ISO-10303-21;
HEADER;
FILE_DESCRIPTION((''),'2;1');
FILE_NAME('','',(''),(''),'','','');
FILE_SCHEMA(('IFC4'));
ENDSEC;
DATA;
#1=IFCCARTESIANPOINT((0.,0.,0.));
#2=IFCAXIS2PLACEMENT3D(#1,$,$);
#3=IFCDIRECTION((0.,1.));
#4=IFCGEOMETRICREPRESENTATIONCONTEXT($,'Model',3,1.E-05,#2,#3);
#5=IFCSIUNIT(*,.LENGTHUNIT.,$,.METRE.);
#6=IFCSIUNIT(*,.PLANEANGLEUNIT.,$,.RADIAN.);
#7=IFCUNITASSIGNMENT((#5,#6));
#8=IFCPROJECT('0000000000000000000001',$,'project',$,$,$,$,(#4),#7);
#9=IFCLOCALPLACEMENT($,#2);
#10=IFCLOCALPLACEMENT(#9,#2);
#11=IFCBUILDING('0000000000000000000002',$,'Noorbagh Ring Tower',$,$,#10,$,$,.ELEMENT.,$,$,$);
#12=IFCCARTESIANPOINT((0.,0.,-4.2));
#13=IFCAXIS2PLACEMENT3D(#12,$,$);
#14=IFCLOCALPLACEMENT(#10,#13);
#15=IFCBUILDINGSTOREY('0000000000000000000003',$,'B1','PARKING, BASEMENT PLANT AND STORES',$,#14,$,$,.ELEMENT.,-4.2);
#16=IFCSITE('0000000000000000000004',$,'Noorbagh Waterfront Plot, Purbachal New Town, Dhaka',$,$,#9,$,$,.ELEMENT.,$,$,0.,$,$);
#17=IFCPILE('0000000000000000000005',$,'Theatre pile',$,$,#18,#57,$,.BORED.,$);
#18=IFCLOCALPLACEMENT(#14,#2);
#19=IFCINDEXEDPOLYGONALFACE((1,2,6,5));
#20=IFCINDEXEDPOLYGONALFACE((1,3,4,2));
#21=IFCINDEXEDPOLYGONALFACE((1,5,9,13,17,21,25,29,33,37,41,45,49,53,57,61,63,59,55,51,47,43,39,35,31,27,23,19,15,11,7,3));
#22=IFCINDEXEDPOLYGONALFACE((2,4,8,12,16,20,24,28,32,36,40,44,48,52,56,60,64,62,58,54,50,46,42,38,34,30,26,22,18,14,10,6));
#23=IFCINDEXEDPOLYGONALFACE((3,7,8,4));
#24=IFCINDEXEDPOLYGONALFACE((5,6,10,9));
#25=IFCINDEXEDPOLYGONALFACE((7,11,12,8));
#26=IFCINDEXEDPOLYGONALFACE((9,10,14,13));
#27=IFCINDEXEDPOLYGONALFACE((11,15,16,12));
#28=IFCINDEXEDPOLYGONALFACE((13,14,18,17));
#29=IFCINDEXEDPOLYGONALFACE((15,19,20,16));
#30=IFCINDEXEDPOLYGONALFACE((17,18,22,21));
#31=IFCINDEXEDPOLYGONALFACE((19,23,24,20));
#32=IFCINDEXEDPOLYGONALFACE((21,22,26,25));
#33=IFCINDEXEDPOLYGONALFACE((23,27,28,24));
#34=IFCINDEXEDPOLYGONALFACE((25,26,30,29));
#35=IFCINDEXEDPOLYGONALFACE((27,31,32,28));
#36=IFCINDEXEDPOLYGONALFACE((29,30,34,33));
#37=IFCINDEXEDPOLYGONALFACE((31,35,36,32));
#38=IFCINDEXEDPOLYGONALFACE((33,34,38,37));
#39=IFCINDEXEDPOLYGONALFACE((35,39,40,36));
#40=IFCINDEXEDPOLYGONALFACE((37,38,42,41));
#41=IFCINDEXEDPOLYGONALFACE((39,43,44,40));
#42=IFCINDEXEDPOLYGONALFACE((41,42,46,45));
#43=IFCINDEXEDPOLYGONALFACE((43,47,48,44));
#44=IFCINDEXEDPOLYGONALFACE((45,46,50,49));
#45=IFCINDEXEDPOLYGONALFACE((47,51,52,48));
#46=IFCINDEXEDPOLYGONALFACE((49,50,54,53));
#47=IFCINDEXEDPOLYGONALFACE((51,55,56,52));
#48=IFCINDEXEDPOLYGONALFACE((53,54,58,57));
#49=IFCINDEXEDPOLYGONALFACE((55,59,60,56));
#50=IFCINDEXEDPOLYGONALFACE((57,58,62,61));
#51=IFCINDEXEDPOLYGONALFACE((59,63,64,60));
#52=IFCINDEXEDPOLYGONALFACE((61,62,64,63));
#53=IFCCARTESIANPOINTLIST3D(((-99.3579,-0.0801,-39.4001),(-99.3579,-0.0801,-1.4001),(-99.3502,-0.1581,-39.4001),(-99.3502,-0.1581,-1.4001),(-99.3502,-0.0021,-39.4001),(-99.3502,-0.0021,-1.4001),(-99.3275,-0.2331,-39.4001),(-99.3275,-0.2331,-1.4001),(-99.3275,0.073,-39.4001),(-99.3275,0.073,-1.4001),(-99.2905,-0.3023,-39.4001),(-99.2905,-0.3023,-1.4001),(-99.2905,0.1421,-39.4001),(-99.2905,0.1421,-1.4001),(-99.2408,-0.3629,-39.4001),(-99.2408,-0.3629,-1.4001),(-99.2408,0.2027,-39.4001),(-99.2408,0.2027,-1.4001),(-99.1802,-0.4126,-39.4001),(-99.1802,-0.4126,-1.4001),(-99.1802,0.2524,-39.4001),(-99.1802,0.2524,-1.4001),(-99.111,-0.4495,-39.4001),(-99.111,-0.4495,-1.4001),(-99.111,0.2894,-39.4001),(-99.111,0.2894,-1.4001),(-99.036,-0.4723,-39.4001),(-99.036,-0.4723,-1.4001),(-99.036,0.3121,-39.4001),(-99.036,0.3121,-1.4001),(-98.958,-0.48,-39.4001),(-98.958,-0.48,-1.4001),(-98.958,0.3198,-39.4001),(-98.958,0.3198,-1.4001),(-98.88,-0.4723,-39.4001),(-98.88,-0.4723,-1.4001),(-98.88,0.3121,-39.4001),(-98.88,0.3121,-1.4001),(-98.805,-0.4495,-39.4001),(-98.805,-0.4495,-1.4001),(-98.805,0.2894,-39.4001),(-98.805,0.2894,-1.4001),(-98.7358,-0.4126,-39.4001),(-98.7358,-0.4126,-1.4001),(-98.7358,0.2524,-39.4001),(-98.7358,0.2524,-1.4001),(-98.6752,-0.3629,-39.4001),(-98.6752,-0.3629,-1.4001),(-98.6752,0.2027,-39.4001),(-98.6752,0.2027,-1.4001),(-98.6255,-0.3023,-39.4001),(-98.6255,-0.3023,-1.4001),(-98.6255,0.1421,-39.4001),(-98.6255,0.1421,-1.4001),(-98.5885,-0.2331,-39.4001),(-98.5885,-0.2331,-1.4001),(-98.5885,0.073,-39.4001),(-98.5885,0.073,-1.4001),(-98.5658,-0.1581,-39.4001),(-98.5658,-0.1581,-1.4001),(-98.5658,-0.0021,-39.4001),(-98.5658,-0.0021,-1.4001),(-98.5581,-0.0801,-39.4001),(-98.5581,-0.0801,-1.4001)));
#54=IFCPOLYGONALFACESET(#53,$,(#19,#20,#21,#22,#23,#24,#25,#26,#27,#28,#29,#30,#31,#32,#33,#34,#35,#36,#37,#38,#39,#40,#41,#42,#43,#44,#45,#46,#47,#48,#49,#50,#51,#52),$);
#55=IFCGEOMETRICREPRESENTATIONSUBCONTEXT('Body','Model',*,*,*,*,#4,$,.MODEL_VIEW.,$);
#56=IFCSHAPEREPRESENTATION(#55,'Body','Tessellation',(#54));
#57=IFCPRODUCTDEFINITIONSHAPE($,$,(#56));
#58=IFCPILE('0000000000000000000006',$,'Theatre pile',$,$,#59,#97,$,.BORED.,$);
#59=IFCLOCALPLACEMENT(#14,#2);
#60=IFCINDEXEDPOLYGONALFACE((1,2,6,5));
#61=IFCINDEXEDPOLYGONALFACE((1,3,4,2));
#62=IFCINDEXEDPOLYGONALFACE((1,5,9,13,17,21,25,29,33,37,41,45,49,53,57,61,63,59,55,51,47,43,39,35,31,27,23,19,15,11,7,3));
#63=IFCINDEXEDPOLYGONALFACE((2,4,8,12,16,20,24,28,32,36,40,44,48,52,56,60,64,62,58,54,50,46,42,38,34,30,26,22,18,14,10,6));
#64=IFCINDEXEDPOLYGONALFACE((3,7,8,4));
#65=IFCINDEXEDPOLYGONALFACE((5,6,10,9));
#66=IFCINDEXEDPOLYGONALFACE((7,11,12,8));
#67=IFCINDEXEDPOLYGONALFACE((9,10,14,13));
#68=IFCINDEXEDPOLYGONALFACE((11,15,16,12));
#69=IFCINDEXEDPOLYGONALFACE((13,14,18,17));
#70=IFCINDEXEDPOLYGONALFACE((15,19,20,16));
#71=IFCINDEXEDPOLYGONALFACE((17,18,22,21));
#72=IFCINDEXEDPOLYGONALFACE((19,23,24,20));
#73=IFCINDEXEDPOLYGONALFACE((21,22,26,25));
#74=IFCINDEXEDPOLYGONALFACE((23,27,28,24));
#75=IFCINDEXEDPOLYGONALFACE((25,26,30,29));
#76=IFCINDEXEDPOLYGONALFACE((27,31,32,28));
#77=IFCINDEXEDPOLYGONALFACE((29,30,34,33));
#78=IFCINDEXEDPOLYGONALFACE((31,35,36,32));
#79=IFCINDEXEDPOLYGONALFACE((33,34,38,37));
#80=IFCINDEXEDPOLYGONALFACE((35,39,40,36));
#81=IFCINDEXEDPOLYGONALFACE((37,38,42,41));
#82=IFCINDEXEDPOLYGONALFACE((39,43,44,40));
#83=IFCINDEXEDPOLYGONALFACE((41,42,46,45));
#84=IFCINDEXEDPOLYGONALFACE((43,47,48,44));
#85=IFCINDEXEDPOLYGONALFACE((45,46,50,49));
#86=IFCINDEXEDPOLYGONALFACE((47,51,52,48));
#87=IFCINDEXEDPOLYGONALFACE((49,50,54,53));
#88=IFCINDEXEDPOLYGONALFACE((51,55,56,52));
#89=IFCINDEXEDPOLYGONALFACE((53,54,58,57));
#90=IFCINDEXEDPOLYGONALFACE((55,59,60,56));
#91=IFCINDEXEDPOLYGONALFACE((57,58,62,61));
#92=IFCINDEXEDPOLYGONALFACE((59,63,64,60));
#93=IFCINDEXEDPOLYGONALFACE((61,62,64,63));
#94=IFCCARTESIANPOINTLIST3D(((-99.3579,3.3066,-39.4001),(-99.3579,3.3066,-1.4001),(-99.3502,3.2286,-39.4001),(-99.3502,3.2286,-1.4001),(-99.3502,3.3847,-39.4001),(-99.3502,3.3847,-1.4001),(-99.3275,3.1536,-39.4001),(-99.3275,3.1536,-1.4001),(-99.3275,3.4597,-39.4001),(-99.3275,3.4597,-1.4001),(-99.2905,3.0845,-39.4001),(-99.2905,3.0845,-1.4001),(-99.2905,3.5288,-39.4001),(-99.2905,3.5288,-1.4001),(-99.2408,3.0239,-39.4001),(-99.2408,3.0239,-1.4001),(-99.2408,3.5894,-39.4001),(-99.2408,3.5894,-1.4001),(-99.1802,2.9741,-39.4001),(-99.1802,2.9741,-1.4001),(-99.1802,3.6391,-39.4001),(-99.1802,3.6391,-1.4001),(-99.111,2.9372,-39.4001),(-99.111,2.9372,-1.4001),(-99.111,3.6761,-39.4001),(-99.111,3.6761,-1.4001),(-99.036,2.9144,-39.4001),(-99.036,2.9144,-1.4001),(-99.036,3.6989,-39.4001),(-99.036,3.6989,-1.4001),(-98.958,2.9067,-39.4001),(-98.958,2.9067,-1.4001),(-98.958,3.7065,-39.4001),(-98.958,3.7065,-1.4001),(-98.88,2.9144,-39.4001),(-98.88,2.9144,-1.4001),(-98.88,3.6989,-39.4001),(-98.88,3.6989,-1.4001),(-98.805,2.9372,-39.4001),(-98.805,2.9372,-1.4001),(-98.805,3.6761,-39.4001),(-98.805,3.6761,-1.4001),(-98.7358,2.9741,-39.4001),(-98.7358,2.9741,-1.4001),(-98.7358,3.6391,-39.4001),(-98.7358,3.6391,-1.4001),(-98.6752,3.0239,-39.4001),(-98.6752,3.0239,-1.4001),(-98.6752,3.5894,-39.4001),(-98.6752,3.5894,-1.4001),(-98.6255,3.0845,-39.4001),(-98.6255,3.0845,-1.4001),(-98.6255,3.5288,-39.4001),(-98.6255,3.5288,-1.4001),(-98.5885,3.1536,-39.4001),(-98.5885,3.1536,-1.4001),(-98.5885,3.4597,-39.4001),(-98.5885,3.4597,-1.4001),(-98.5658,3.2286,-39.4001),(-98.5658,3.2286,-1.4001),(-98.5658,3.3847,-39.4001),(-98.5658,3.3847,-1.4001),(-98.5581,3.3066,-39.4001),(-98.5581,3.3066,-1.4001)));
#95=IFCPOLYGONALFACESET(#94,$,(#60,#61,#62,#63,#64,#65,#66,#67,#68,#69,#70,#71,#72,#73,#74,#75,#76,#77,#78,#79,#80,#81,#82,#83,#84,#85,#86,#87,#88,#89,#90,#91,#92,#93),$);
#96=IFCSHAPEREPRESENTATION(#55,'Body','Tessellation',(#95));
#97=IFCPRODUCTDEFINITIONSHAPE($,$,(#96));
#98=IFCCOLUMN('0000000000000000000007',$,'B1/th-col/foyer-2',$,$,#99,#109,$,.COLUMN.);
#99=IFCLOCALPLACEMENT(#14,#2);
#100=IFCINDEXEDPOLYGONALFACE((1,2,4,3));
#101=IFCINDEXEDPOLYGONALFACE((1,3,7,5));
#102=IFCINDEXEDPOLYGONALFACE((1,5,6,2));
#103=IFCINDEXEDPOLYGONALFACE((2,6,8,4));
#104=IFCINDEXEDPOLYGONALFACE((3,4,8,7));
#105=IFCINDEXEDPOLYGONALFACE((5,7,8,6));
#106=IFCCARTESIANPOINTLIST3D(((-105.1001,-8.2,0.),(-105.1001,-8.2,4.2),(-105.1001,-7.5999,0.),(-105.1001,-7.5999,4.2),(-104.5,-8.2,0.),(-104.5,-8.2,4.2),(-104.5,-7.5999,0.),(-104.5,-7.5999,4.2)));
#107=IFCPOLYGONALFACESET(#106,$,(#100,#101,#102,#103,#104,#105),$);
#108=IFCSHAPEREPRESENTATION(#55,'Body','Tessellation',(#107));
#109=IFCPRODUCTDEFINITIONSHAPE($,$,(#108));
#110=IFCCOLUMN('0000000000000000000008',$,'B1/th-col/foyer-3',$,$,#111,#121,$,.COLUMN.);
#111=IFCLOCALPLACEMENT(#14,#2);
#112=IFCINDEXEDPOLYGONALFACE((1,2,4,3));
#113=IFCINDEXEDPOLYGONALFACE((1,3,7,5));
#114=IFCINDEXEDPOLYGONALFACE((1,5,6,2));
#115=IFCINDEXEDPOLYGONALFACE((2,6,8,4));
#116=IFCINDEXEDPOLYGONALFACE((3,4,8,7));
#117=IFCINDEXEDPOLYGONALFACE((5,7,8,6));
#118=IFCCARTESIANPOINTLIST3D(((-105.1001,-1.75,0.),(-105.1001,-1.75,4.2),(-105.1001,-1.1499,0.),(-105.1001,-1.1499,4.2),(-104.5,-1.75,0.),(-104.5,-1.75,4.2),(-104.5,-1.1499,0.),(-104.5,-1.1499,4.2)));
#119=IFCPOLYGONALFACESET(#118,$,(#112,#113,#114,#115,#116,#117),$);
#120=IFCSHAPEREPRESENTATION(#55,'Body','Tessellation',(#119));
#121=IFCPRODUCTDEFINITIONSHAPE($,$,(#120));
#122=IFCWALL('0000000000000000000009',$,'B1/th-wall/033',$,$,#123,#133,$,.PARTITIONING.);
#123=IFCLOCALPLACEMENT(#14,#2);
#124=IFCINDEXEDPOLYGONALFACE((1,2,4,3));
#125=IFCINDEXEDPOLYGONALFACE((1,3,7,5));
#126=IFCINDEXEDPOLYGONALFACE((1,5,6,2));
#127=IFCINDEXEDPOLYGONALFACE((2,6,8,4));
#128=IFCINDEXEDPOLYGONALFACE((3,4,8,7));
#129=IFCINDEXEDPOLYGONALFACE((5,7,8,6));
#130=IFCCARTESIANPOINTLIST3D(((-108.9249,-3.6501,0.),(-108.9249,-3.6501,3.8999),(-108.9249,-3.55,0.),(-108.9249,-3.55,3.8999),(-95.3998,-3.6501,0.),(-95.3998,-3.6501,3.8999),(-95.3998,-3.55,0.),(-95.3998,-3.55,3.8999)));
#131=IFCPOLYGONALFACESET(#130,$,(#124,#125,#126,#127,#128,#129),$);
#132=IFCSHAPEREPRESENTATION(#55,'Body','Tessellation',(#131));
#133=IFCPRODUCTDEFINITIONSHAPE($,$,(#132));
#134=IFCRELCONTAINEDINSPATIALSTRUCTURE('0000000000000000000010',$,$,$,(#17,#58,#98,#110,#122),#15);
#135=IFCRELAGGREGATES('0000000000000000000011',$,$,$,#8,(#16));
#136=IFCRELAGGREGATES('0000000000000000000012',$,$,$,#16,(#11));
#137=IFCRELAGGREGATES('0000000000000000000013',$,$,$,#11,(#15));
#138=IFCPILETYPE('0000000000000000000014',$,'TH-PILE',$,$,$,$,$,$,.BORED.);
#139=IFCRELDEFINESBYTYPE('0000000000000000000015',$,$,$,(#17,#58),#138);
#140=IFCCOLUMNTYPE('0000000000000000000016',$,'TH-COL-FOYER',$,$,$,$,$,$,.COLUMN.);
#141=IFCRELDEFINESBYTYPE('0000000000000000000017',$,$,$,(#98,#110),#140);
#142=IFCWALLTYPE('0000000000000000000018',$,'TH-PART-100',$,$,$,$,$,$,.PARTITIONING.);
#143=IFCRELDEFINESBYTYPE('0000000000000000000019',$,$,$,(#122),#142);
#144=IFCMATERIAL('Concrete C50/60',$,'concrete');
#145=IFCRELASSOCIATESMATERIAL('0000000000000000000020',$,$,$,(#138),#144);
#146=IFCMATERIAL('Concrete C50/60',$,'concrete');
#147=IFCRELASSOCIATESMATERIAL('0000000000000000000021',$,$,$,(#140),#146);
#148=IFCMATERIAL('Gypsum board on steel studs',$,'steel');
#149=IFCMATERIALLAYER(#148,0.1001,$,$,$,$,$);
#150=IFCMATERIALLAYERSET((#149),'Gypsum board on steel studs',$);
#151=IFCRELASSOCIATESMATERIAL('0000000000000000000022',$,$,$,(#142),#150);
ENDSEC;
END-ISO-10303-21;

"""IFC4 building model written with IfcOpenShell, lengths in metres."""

from ifc_helpers import new_model, si_unit, direction, frame, frame_2d, origin, origin_2d, place, context, subcontext, project, spatial, rectangle, circle, extrude, material, layer, layer_set, material_profile, profile_set, type_object, element, save


model = new_model("IFC4")

# Units and contexts
model_context = context("Model", 3, precision=1e-05, world=origin(), true_north=direction((0.0, 1.0)))
body_context = subcontext(model_context, "Body", "Model", "MODEL_VIEW")
ifc_project = project(units=[si_unit("LENGTHUNIT", "METRE"), si_unit("PLANEANGLEUNIT", "RADIAN")], contexts=[model_context])

# Site, building, storey
site_placement = place(None, origin())
site = spatial("IfcSite", under=ifc_project, at=site_placement, Name="Noorbagh Waterfront Plot, Purbachal New Town, Dhaka", CompositionType="ELEMENT", RefElevation=0.0)
building_placement = place(site_placement, origin())
building = spatial("IfcBuilding", under=site, at=building_placement, Name="Noorbagh Ring Tower", CompositionType="ELEMENT")
storey_placement = place(building_placement, frame((0.0, 0.0, -4.2)))
storey = spatial("IfcBuildingStorey", under=building, at=storey_placement, Name="B1", Description="PARKING, BASEMENT PLANT AND STORES", CompositionType="ELEMENT", Elevation=-4.2)

# Piles
ifc_material_1 = material(Name="Concrete C50/60", Category="concrete")
ifc_material_profile_1 = material_profile(ifc_material_1, circle(Radius=0.3999, at=origin_2d()), Name="PILE800")
ifc_profile_set_1 = profile_set([ifc_material_profile_1], Name="Concrete C50/60")
pile_type = type_object("IfcPileType", Name="TH-PILE", PredefinedType="BORED", material=ifc_profile_set_1)
for number, where, z_axis, x_axis, name in (
    (1, (-98.958, -0.0801, -1.4001), (0.0, 0.0, -1.0), (1.0, 0.0, 0.0), "Theatre pile"),
    (2, (-98.958, 3.3066, -1.4001), (0.0, 0.0, -1.0), (1.0, 0.0, 0.0), "Theatre pile"),
):
    element("IfcPile", number, at=place(storey_placement, frame(where, z_axis=z_axis, x_axis=x_axis)), inside=storey, type_object=pile_type, Name=name, PredefinedType="BORED", context=body_context, shape_type="SweptSolid", body=[
        extrude(circle(Radius=0.3999, at=origin_2d()), origin(), (0.0, 0.0, 1.0), 38.0),
    ])

# Columns
ifc_material_2 = material(Name="Concrete C50/60", Category="concrete")
ifc_material_profile_2 = material_profile(ifc_material_2, rectangle(XDim=0.6001, YDim=0.6001, at=origin_2d()), Name="RC600x600")
ifc_profile_set_2 = profile_set([ifc_material_profile_2], Name="Concrete C50/60")
column_type = type_object("IfcColumnType", Name="TH-COL-FOYER", PredefinedType="COLUMN", material=ifc_profile_set_2)
for number, where, z_axis, x_axis, name in (
    (3, (-104.8, -7.8999, 0.0), (0.0, 0.0, 1.0), (1.0, 0.0, 0.0), "B1/th-col/foyer-2"),
    (4, (-104.8, -1.45, 0.0), (0.0, 0.0, 1.0), (1.0, 0.0, 0.0), "B1/th-col/foyer-3"),
):
    element("IfcColumn", number, at=place(storey_placement, frame(where, z_axis=z_axis, x_axis=x_axis)), inside=storey, type_object=column_type, Name=name, PredefinedType="COLUMN", context=body_context, shape_type="SweptSolid", body=[
        extrude(rectangle(XDim=0.6001, YDim=0.6001, at=origin_2d()), origin(), (0.0, 0.0, 1.0), 4.2),
    ])

# Wall
ifc_material_3 = material(Name="Gypsum board on steel studs", Category="steel")
ifc_layer = layer(ifc_material_3, 0.1001)
ifc_layer_set = layer_set([ifc_layer], Name="Gypsum board on steel studs")
wall_type = type_object("IfcWallType", Name="TH-PART-100", PredefinedType="PARTITIONING", material=ifc_layer_set)
wall_placement = place(storey_placement, frame((-108.925, -3.6001, 0.0), z_axis=(0.0, 0.0, 1.0), x_axis=(1.0, 0.0, 0.0)))
element("IfcWall", 5, at=wall_placement, inside=storey, type_object=wall_type, Name="B1/th-wall/033", PredefinedType="PARTITIONING", context=body_context, shape_type="SweptSolid", body=[
    extrude(rectangle(XDim=13.5251, YDim=0.1001, at=frame_2d((6.7627, 0.0))), origin(), (0.0, 0.0, 1.0), 3.8999),
])

save(model, "model.ifc")
